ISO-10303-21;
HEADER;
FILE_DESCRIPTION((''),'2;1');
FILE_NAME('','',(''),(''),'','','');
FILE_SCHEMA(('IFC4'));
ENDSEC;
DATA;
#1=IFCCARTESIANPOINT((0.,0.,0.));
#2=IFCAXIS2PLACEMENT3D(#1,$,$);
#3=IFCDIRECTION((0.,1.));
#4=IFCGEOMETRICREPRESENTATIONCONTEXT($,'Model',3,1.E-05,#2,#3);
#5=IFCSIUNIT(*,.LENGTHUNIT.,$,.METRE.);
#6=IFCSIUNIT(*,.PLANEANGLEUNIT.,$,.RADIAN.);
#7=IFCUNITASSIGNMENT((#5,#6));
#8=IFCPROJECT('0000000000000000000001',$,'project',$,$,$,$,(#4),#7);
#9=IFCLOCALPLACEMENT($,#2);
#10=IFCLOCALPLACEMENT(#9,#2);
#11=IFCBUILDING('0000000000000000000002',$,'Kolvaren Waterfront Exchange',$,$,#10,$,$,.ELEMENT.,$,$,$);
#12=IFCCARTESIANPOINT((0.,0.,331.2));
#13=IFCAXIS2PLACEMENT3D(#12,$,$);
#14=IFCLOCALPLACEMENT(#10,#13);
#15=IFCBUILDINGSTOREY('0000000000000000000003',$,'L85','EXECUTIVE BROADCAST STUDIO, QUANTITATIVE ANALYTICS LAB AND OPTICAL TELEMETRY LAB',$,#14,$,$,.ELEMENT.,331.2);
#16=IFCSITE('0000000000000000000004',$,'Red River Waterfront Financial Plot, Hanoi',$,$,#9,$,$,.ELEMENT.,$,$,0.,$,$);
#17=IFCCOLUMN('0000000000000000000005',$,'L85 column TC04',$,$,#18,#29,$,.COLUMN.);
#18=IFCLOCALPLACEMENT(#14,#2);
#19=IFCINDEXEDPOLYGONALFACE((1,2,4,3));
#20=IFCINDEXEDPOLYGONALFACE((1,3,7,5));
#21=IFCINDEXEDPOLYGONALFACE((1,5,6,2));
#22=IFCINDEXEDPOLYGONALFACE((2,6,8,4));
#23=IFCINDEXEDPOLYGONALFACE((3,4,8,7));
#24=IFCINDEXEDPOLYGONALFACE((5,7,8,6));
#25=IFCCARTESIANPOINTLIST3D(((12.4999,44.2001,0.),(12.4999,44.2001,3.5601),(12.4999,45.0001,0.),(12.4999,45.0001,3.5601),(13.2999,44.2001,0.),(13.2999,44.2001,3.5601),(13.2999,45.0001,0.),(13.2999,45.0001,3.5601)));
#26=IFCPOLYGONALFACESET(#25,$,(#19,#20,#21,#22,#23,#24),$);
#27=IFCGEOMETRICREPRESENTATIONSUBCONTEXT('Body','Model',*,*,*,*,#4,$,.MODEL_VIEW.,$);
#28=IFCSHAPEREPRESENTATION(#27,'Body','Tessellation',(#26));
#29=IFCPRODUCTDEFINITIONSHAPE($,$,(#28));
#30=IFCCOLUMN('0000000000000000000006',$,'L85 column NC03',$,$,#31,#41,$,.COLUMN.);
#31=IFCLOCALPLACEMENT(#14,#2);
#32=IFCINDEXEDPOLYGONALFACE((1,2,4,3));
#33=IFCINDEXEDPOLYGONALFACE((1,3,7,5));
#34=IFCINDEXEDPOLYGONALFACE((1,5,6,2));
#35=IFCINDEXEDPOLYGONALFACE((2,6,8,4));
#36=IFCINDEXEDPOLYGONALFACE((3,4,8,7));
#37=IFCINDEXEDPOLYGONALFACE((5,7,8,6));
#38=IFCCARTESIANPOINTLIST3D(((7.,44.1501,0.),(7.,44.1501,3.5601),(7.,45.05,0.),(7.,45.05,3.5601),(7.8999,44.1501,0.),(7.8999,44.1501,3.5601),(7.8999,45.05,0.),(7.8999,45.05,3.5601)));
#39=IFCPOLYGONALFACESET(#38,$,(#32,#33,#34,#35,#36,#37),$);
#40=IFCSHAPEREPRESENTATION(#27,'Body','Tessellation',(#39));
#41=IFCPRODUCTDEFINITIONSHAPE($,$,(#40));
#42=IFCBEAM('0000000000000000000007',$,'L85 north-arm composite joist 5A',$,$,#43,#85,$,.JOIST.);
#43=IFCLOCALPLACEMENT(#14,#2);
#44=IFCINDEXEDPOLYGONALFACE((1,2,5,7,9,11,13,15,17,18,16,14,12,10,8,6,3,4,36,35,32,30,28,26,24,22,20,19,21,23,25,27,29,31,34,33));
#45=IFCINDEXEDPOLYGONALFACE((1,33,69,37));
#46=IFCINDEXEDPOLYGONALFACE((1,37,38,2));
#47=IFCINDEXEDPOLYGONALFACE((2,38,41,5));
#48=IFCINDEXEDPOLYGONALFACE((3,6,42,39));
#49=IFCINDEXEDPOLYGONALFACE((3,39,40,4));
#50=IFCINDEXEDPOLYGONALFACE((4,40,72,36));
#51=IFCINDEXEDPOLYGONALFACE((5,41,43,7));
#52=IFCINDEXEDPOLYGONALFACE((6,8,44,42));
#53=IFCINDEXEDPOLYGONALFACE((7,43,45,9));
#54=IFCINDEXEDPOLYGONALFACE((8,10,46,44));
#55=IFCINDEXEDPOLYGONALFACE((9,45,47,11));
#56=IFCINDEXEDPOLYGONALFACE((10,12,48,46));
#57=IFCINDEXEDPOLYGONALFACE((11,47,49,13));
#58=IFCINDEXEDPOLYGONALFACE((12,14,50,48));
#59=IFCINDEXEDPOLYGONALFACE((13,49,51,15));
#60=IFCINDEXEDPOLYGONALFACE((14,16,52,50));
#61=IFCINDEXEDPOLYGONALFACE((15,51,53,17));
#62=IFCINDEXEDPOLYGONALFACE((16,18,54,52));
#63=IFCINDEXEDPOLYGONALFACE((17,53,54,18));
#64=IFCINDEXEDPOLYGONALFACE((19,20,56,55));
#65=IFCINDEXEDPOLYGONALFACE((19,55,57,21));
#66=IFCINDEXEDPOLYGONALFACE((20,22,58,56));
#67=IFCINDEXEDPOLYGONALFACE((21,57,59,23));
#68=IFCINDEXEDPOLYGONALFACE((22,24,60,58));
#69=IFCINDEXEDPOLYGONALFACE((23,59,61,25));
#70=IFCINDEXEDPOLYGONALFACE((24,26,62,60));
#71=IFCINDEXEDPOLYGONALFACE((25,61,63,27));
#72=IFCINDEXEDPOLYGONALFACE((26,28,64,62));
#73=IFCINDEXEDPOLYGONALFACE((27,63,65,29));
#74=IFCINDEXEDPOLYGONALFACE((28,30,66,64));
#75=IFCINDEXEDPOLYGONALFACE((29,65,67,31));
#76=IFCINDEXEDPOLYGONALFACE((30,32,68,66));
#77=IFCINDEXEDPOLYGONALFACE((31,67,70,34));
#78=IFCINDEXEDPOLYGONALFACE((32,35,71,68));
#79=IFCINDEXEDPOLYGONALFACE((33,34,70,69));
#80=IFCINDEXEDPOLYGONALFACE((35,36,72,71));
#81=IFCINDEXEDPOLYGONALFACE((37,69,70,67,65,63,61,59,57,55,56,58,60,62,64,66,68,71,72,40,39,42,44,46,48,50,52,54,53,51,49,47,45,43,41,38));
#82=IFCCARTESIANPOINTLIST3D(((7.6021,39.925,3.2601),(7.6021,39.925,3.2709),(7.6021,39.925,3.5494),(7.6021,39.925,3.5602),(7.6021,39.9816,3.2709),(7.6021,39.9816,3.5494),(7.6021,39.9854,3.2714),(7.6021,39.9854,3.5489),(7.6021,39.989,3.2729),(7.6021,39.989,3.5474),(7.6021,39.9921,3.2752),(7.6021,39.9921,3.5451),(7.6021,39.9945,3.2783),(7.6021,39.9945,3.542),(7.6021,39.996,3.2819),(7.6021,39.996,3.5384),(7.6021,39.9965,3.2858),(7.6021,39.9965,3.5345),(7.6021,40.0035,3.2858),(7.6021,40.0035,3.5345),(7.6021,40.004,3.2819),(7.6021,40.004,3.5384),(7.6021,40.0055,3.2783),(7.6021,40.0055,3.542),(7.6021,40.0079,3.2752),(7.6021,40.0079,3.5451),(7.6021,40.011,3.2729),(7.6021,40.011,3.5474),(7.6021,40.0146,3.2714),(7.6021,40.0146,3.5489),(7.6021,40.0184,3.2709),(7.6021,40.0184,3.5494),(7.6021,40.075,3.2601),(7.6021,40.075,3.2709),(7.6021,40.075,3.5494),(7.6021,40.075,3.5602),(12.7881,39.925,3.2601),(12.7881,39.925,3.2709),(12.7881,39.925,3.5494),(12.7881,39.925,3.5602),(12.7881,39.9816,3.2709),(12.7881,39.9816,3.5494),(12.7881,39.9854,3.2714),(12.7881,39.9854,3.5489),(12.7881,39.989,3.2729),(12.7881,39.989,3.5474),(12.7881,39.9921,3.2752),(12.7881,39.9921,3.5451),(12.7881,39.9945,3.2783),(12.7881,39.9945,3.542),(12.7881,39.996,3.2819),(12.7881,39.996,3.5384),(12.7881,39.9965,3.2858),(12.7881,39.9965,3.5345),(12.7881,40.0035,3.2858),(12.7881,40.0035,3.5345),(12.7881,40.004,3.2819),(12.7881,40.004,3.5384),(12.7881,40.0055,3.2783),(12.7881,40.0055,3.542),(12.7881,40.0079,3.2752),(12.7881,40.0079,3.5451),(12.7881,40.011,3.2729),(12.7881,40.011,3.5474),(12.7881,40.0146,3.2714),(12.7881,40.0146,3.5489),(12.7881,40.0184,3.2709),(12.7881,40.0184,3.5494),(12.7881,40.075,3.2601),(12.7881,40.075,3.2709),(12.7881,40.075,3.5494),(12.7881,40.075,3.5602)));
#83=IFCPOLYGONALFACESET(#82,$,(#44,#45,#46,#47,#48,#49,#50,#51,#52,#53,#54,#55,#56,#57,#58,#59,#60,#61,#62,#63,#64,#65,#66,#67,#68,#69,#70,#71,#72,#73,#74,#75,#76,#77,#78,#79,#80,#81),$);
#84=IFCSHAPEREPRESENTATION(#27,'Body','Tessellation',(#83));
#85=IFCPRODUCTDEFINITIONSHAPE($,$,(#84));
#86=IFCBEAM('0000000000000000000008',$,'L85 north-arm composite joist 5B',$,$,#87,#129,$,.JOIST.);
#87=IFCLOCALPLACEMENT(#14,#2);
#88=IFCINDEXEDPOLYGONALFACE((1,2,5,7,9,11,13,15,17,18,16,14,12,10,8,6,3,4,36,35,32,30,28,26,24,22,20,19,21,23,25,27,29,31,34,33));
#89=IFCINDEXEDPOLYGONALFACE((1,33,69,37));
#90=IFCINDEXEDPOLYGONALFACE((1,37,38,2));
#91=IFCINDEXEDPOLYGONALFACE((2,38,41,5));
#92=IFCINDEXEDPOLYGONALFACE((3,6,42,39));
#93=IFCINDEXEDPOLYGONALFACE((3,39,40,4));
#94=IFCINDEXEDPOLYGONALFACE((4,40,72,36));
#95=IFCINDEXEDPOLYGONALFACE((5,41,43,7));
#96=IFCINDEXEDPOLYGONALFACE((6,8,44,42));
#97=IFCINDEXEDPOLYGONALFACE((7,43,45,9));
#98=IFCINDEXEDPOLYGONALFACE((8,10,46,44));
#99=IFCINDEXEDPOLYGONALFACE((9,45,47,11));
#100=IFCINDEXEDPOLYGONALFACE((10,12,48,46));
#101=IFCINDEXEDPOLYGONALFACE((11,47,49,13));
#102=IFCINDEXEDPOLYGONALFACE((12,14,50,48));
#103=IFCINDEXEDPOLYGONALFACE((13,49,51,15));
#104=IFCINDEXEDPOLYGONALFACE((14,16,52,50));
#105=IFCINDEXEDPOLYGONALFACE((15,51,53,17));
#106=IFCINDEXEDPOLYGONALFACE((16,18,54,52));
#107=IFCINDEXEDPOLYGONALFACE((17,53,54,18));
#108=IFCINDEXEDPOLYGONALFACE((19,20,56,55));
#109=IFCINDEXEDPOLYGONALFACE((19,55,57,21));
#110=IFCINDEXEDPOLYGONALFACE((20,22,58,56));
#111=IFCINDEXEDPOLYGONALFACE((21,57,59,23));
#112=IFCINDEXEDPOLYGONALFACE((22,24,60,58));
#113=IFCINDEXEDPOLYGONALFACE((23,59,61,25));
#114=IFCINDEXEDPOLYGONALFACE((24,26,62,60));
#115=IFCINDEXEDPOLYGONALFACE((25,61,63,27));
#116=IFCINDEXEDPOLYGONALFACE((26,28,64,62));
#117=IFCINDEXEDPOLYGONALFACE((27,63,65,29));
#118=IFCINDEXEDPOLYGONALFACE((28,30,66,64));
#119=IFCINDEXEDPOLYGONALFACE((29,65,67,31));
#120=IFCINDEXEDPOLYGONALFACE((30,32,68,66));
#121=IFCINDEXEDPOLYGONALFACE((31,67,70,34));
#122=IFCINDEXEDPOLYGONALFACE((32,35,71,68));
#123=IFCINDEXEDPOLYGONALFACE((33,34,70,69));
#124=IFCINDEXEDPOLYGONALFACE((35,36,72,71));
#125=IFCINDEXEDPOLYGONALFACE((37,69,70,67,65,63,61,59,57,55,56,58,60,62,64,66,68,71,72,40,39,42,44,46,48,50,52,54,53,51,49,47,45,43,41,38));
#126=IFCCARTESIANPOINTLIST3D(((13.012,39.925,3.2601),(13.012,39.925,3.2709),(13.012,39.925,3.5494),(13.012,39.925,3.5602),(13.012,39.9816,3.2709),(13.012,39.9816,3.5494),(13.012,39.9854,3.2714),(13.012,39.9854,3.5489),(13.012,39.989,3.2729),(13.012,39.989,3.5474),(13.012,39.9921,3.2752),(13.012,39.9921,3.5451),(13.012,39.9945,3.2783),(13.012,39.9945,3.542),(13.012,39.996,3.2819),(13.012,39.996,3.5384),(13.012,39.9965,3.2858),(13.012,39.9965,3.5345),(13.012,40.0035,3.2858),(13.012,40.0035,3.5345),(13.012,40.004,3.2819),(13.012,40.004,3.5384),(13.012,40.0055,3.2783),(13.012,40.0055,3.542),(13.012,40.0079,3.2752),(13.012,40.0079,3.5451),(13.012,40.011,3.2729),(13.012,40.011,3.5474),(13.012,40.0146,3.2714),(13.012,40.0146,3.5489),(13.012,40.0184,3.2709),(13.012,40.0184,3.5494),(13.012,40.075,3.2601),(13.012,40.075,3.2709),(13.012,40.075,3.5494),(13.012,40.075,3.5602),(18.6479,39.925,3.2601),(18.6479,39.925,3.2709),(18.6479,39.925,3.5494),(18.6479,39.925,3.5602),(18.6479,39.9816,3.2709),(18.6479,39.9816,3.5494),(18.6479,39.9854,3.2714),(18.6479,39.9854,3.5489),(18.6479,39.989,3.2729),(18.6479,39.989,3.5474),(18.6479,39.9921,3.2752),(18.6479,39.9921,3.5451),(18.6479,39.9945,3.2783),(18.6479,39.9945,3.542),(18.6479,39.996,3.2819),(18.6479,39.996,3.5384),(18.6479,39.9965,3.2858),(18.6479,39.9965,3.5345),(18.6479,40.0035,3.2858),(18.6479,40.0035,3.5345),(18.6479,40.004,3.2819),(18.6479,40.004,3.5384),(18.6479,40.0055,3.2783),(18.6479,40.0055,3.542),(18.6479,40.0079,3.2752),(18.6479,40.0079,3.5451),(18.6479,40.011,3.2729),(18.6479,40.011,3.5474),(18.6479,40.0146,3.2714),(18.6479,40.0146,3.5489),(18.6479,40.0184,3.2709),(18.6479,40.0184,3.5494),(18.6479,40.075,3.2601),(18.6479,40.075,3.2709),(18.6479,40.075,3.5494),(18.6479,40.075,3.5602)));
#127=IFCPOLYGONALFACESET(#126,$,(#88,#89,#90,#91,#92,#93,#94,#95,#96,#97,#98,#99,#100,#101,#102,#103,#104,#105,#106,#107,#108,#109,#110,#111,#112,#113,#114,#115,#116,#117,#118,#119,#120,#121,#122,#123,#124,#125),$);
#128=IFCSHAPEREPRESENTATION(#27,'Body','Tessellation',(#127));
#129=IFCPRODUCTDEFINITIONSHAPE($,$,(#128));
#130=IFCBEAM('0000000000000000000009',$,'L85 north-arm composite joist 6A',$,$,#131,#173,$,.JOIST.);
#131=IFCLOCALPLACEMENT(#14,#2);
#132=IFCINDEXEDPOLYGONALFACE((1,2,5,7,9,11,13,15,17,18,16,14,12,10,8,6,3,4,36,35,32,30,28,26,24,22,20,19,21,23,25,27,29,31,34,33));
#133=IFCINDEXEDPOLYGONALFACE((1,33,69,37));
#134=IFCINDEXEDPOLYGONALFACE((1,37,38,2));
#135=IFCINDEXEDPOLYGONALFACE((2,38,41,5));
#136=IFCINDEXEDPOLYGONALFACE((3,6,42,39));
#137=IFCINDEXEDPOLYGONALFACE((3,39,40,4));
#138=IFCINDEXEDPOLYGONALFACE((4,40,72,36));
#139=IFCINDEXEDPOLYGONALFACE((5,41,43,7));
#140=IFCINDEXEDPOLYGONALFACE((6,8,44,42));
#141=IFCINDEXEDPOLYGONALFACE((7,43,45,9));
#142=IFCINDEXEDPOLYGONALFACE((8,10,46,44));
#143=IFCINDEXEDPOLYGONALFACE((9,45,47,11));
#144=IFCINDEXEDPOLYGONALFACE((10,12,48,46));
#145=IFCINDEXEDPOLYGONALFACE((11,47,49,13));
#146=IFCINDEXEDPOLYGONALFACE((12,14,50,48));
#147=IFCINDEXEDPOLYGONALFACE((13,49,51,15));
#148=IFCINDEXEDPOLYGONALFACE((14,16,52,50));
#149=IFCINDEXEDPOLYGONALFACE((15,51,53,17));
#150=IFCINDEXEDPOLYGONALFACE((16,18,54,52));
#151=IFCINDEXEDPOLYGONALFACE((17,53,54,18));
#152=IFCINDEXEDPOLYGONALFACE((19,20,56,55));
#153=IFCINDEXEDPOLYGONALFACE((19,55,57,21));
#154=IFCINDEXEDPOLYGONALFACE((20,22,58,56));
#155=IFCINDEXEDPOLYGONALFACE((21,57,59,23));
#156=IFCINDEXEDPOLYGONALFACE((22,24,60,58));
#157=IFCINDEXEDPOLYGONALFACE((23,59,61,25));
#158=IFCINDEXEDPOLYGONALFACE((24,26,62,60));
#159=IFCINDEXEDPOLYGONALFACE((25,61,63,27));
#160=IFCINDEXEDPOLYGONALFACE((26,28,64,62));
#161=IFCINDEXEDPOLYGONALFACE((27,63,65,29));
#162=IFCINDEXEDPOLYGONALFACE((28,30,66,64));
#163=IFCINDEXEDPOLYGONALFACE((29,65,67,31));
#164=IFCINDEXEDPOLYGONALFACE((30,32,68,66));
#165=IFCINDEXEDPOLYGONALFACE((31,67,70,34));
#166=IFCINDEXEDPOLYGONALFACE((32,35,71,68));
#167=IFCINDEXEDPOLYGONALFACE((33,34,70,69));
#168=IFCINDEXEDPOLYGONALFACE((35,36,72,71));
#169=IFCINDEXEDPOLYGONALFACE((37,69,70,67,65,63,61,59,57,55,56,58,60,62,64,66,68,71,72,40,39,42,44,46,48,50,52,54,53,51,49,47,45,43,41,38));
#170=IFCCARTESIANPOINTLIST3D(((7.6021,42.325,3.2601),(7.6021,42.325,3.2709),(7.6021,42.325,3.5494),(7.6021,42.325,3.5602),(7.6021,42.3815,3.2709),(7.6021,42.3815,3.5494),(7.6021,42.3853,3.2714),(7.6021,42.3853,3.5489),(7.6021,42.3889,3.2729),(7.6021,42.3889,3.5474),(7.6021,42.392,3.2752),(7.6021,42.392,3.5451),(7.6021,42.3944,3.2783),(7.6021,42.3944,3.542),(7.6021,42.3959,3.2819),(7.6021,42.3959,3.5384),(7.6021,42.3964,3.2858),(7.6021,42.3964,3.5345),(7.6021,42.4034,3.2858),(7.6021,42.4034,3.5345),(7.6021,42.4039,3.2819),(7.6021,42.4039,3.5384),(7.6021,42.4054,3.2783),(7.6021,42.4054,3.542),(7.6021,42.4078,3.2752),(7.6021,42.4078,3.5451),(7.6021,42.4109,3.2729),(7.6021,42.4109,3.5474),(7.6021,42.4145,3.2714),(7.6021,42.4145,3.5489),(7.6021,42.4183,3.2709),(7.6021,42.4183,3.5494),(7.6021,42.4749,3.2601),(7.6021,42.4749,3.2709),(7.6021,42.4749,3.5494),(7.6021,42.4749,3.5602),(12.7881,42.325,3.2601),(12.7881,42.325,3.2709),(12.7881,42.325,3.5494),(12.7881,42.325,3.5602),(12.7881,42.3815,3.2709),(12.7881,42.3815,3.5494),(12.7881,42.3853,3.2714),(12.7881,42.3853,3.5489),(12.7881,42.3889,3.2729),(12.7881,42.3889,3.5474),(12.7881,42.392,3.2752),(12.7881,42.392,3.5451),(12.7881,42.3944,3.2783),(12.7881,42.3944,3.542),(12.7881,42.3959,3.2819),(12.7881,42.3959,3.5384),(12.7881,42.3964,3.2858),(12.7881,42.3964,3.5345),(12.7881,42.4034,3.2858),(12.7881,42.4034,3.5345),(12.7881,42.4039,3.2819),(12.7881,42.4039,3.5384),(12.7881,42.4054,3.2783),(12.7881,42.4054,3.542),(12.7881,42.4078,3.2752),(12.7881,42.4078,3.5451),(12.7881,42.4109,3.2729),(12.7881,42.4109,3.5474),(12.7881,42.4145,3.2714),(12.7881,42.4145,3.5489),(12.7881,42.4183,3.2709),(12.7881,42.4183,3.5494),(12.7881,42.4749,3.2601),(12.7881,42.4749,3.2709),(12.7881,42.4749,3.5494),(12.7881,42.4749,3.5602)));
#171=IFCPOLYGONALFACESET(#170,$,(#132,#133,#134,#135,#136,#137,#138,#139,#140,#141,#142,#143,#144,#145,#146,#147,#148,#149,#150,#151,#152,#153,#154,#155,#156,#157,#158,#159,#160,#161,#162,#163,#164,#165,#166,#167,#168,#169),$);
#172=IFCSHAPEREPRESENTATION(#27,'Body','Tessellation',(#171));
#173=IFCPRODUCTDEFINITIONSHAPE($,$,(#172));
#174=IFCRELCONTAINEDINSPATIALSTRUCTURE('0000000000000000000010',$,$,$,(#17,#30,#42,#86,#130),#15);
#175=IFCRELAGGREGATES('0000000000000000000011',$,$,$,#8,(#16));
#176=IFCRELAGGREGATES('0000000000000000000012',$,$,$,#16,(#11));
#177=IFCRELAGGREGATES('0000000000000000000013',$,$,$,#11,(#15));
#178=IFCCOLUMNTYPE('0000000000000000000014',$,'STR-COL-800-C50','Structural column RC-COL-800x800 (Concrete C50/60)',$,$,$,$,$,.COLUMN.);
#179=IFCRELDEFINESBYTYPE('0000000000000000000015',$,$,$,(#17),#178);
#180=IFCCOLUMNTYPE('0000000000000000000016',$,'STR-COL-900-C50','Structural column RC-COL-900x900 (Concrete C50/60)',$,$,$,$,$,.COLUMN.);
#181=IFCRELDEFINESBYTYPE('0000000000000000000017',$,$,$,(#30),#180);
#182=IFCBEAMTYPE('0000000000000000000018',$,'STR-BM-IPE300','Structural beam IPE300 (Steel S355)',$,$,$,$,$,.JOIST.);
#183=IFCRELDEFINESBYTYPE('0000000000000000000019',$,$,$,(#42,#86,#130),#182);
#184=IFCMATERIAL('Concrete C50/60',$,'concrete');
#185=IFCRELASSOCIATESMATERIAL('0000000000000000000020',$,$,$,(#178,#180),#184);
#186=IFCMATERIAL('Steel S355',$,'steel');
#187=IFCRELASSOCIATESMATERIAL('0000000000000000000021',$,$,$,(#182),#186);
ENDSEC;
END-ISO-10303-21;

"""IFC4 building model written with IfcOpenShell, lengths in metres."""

from ifc_helpers import new_model, si_unit, direction, frame, origin, origin_2d, place, context, subcontext, project, spatial, rectangle, i_section, extrude, material, material_profile, profile_set, type_object, element, save


model = new_model("IFC4")

# Units and contexts
model_context = context("Model", 3, precision=1e-05, world=origin(), true_north=direction((0.0, 1.0)))
body_context = subcontext(model_context, "Body", "Model", "MODEL_VIEW")
ifc_project = project(units=[si_unit("LENGTHUNIT", "METRE"), si_unit("PLANEANGLEUNIT", "RADIAN")], contexts=[model_context])

# Site, building, storey
site_placement = place(None, origin())
site = spatial("IfcSite", under=ifc_project, at=site_placement, Name="Red River Waterfront Financial Plot, Hanoi", CompositionType="ELEMENT", RefElevation=0.0)
building_placement = place(site_placement, origin())
building = spatial("IfcBuilding", under=site, at=building_placement, Name="Kolvaren Waterfront Exchange", CompositionType="ELEMENT")
storey_placement = place(building_placement, frame((0.0, 0.0, 331.2)))
storey = spatial("IfcBuildingStorey", under=building, at=storey_placement, Name="L85", Description="EXECUTIVE BROADCAST STUDIO, QUANTITATIVE ANALYTICS LAB AND OPTICAL TELEMETRY LAB", CompositionType="ELEMENT", Elevation=331.2)

# Columns
ifc_material_1 = material(Name="Concrete C50/60", Category="concrete")
ifc_material_profile_1 = material_profile(ifc_material_1, rectangle(XDim=0.8, YDim=0.8, at=origin_2d()), Name="RC-COL-800x800")
ifc_profile_set_1 = profile_set([ifc_material_profile_1], Name="Concrete C50/60")
column_type_1 = type_object("IfcColumnType", Name="STR-COL-800-C50", Description="Structural column RC-COL-800x800 (Concrete C50/60)", PredefinedType="COLUMN", material=ifc_profile_set_1)
column_1_placement = place(storey_placement, frame((12.8999, 44.6001, 0.0), z_axis=(0.0, 0.0, 1.0), x_axis=(1.0, 0.0, 0.0)))
element("IfcColumn", 1, at=column_1_placement, inside=storey, type_object=column_type_1, Name="L85 column TC04", PredefinedType="COLUMN", context=body_context, shape_type="SweptSolid", body=[
    extrude(rectangle(XDim=0.8, YDim=0.8, at=origin_2d()), origin(), (0.0, 0.0, 1.0), 3.5601),
])
ifc_material_profile_2 = material_profile(ifc_material_1, rectangle(XDim=0.8999, YDim=0.8999, at=origin_2d()), Name="RC-COL-900x900")
ifc_profile_set_2 = profile_set([ifc_material_profile_2], Name="Concrete C50/60")
column_type_2 = type_object("IfcColumnType", Name="STR-COL-900-C50", Description="Structural column RC-COL-900x900 (Concrete C50/60)", PredefinedType="COLUMN", material=ifc_profile_set_2)
column_2_placement = place(storey_placement, frame((7.45, 44.6001, 0.0), z_axis=(0.0, 0.0, 1.0), x_axis=(1.0, 0.0, 0.0)))
element("IfcColumn", 2, at=column_2_placement, inside=storey, type_object=column_type_2, Name="L85 column NC03", PredefinedType="COLUMN", context=body_context, shape_type="SweptSolid", body=[
    extrude(rectangle(XDim=0.8999, YDim=0.8999, at=origin_2d()), origin(), (0.0, 0.0, 1.0), 3.5601),
])

# Beams
ifc_material_2 = material(Name="Steel S355", Category="steel")
ifc_material_profile_3 = material_profile(ifc_material_2, i_section(OverallWidth=0.1499, OverallDepth=0.3, WebThickness=0.0071, FlangeThickness=0.0107, FilletRadius=0.0149, at=origin_2d()), Name="IPE300")
ifc_profile_set_3 = profile_set([ifc_material_profile_3], Name="Steel S355")
beam_type_1 = type_object("IfcBeamType", Name="STR-BM-IPE300", Description="Structural beam IPE300 (Steel S355)", PredefinedType="JOIST", material=ifc_profile_set_3)
beam_1_placement = place(storey_placement, frame((7.6021, 40.0, 3.4102), z_axis=(1.0, 0.0, 0.0), x_axis=(0.0, 1.0, 0.0)))
element("IfcBeam", 3, at=beam_1_placement, inside=storey, type_object=beam_type_1, Name="L85 north-arm composite joist 5A", PredefinedType="JOIST", context=body_context, shape_type="SweptSolid", body=[
    extrude(i_section(OverallWidth=0.1499, OverallDepth=0.3, WebThickness=0.0071, FlangeThickness=0.0107, FilletRadius=0.0149, at=origin_2d()), origin(), (0.0, 0.0, 1.0), 5.186),
])
beam_2_placement = place(storey_placement, frame((13.012, 40.0, 3.4102), z_axis=(1.0, 0.0, 0.0), x_axis=(0.0, 1.0, 0.0)))
element("IfcBeam", 4, at=beam_2_placement, inside=storey, type_object=beam_type_1, Name="L85 north-arm composite joist 5B", PredefinedType="JOIST", context=body_context, shape_type="SweptSolid", body=[
    extrude(i_section(OverallWidth=0.1499, OverallDepth=0.3, WebThickness=0.0071, FlangeThickness=0.0107, FilletRadius=0.0149, at=origin_2d()), origin(), (0.0, 0.0, 1.0), 5.636),
])
beam_3_placement = place(storey_placement, frame((7.6021, 42.3999, 3.4102), z_axis=(1.0, 0.0, 0.0), x_axis=(0.0, 1.0, 0.0)))
element("IfcBeam", 5, at=beam_3_placement, inside=storey, type_object=beam_type_1, Name="L85 north-arm composite joist 6A", PredefinedType="JOIST", context=body_context, shape_type="SweptSolid", body=[
    extrude(i_section(OverallWidth=0.1499, OverallDepth=0.3, WebThickness=0.0071, FlangeThickness=0.0107, FilletRadius=0.0149, at=origin_2d()), origin(), (0.0, 0.0, 1.0), 5.186),
])

save(model, "model.ifc")
